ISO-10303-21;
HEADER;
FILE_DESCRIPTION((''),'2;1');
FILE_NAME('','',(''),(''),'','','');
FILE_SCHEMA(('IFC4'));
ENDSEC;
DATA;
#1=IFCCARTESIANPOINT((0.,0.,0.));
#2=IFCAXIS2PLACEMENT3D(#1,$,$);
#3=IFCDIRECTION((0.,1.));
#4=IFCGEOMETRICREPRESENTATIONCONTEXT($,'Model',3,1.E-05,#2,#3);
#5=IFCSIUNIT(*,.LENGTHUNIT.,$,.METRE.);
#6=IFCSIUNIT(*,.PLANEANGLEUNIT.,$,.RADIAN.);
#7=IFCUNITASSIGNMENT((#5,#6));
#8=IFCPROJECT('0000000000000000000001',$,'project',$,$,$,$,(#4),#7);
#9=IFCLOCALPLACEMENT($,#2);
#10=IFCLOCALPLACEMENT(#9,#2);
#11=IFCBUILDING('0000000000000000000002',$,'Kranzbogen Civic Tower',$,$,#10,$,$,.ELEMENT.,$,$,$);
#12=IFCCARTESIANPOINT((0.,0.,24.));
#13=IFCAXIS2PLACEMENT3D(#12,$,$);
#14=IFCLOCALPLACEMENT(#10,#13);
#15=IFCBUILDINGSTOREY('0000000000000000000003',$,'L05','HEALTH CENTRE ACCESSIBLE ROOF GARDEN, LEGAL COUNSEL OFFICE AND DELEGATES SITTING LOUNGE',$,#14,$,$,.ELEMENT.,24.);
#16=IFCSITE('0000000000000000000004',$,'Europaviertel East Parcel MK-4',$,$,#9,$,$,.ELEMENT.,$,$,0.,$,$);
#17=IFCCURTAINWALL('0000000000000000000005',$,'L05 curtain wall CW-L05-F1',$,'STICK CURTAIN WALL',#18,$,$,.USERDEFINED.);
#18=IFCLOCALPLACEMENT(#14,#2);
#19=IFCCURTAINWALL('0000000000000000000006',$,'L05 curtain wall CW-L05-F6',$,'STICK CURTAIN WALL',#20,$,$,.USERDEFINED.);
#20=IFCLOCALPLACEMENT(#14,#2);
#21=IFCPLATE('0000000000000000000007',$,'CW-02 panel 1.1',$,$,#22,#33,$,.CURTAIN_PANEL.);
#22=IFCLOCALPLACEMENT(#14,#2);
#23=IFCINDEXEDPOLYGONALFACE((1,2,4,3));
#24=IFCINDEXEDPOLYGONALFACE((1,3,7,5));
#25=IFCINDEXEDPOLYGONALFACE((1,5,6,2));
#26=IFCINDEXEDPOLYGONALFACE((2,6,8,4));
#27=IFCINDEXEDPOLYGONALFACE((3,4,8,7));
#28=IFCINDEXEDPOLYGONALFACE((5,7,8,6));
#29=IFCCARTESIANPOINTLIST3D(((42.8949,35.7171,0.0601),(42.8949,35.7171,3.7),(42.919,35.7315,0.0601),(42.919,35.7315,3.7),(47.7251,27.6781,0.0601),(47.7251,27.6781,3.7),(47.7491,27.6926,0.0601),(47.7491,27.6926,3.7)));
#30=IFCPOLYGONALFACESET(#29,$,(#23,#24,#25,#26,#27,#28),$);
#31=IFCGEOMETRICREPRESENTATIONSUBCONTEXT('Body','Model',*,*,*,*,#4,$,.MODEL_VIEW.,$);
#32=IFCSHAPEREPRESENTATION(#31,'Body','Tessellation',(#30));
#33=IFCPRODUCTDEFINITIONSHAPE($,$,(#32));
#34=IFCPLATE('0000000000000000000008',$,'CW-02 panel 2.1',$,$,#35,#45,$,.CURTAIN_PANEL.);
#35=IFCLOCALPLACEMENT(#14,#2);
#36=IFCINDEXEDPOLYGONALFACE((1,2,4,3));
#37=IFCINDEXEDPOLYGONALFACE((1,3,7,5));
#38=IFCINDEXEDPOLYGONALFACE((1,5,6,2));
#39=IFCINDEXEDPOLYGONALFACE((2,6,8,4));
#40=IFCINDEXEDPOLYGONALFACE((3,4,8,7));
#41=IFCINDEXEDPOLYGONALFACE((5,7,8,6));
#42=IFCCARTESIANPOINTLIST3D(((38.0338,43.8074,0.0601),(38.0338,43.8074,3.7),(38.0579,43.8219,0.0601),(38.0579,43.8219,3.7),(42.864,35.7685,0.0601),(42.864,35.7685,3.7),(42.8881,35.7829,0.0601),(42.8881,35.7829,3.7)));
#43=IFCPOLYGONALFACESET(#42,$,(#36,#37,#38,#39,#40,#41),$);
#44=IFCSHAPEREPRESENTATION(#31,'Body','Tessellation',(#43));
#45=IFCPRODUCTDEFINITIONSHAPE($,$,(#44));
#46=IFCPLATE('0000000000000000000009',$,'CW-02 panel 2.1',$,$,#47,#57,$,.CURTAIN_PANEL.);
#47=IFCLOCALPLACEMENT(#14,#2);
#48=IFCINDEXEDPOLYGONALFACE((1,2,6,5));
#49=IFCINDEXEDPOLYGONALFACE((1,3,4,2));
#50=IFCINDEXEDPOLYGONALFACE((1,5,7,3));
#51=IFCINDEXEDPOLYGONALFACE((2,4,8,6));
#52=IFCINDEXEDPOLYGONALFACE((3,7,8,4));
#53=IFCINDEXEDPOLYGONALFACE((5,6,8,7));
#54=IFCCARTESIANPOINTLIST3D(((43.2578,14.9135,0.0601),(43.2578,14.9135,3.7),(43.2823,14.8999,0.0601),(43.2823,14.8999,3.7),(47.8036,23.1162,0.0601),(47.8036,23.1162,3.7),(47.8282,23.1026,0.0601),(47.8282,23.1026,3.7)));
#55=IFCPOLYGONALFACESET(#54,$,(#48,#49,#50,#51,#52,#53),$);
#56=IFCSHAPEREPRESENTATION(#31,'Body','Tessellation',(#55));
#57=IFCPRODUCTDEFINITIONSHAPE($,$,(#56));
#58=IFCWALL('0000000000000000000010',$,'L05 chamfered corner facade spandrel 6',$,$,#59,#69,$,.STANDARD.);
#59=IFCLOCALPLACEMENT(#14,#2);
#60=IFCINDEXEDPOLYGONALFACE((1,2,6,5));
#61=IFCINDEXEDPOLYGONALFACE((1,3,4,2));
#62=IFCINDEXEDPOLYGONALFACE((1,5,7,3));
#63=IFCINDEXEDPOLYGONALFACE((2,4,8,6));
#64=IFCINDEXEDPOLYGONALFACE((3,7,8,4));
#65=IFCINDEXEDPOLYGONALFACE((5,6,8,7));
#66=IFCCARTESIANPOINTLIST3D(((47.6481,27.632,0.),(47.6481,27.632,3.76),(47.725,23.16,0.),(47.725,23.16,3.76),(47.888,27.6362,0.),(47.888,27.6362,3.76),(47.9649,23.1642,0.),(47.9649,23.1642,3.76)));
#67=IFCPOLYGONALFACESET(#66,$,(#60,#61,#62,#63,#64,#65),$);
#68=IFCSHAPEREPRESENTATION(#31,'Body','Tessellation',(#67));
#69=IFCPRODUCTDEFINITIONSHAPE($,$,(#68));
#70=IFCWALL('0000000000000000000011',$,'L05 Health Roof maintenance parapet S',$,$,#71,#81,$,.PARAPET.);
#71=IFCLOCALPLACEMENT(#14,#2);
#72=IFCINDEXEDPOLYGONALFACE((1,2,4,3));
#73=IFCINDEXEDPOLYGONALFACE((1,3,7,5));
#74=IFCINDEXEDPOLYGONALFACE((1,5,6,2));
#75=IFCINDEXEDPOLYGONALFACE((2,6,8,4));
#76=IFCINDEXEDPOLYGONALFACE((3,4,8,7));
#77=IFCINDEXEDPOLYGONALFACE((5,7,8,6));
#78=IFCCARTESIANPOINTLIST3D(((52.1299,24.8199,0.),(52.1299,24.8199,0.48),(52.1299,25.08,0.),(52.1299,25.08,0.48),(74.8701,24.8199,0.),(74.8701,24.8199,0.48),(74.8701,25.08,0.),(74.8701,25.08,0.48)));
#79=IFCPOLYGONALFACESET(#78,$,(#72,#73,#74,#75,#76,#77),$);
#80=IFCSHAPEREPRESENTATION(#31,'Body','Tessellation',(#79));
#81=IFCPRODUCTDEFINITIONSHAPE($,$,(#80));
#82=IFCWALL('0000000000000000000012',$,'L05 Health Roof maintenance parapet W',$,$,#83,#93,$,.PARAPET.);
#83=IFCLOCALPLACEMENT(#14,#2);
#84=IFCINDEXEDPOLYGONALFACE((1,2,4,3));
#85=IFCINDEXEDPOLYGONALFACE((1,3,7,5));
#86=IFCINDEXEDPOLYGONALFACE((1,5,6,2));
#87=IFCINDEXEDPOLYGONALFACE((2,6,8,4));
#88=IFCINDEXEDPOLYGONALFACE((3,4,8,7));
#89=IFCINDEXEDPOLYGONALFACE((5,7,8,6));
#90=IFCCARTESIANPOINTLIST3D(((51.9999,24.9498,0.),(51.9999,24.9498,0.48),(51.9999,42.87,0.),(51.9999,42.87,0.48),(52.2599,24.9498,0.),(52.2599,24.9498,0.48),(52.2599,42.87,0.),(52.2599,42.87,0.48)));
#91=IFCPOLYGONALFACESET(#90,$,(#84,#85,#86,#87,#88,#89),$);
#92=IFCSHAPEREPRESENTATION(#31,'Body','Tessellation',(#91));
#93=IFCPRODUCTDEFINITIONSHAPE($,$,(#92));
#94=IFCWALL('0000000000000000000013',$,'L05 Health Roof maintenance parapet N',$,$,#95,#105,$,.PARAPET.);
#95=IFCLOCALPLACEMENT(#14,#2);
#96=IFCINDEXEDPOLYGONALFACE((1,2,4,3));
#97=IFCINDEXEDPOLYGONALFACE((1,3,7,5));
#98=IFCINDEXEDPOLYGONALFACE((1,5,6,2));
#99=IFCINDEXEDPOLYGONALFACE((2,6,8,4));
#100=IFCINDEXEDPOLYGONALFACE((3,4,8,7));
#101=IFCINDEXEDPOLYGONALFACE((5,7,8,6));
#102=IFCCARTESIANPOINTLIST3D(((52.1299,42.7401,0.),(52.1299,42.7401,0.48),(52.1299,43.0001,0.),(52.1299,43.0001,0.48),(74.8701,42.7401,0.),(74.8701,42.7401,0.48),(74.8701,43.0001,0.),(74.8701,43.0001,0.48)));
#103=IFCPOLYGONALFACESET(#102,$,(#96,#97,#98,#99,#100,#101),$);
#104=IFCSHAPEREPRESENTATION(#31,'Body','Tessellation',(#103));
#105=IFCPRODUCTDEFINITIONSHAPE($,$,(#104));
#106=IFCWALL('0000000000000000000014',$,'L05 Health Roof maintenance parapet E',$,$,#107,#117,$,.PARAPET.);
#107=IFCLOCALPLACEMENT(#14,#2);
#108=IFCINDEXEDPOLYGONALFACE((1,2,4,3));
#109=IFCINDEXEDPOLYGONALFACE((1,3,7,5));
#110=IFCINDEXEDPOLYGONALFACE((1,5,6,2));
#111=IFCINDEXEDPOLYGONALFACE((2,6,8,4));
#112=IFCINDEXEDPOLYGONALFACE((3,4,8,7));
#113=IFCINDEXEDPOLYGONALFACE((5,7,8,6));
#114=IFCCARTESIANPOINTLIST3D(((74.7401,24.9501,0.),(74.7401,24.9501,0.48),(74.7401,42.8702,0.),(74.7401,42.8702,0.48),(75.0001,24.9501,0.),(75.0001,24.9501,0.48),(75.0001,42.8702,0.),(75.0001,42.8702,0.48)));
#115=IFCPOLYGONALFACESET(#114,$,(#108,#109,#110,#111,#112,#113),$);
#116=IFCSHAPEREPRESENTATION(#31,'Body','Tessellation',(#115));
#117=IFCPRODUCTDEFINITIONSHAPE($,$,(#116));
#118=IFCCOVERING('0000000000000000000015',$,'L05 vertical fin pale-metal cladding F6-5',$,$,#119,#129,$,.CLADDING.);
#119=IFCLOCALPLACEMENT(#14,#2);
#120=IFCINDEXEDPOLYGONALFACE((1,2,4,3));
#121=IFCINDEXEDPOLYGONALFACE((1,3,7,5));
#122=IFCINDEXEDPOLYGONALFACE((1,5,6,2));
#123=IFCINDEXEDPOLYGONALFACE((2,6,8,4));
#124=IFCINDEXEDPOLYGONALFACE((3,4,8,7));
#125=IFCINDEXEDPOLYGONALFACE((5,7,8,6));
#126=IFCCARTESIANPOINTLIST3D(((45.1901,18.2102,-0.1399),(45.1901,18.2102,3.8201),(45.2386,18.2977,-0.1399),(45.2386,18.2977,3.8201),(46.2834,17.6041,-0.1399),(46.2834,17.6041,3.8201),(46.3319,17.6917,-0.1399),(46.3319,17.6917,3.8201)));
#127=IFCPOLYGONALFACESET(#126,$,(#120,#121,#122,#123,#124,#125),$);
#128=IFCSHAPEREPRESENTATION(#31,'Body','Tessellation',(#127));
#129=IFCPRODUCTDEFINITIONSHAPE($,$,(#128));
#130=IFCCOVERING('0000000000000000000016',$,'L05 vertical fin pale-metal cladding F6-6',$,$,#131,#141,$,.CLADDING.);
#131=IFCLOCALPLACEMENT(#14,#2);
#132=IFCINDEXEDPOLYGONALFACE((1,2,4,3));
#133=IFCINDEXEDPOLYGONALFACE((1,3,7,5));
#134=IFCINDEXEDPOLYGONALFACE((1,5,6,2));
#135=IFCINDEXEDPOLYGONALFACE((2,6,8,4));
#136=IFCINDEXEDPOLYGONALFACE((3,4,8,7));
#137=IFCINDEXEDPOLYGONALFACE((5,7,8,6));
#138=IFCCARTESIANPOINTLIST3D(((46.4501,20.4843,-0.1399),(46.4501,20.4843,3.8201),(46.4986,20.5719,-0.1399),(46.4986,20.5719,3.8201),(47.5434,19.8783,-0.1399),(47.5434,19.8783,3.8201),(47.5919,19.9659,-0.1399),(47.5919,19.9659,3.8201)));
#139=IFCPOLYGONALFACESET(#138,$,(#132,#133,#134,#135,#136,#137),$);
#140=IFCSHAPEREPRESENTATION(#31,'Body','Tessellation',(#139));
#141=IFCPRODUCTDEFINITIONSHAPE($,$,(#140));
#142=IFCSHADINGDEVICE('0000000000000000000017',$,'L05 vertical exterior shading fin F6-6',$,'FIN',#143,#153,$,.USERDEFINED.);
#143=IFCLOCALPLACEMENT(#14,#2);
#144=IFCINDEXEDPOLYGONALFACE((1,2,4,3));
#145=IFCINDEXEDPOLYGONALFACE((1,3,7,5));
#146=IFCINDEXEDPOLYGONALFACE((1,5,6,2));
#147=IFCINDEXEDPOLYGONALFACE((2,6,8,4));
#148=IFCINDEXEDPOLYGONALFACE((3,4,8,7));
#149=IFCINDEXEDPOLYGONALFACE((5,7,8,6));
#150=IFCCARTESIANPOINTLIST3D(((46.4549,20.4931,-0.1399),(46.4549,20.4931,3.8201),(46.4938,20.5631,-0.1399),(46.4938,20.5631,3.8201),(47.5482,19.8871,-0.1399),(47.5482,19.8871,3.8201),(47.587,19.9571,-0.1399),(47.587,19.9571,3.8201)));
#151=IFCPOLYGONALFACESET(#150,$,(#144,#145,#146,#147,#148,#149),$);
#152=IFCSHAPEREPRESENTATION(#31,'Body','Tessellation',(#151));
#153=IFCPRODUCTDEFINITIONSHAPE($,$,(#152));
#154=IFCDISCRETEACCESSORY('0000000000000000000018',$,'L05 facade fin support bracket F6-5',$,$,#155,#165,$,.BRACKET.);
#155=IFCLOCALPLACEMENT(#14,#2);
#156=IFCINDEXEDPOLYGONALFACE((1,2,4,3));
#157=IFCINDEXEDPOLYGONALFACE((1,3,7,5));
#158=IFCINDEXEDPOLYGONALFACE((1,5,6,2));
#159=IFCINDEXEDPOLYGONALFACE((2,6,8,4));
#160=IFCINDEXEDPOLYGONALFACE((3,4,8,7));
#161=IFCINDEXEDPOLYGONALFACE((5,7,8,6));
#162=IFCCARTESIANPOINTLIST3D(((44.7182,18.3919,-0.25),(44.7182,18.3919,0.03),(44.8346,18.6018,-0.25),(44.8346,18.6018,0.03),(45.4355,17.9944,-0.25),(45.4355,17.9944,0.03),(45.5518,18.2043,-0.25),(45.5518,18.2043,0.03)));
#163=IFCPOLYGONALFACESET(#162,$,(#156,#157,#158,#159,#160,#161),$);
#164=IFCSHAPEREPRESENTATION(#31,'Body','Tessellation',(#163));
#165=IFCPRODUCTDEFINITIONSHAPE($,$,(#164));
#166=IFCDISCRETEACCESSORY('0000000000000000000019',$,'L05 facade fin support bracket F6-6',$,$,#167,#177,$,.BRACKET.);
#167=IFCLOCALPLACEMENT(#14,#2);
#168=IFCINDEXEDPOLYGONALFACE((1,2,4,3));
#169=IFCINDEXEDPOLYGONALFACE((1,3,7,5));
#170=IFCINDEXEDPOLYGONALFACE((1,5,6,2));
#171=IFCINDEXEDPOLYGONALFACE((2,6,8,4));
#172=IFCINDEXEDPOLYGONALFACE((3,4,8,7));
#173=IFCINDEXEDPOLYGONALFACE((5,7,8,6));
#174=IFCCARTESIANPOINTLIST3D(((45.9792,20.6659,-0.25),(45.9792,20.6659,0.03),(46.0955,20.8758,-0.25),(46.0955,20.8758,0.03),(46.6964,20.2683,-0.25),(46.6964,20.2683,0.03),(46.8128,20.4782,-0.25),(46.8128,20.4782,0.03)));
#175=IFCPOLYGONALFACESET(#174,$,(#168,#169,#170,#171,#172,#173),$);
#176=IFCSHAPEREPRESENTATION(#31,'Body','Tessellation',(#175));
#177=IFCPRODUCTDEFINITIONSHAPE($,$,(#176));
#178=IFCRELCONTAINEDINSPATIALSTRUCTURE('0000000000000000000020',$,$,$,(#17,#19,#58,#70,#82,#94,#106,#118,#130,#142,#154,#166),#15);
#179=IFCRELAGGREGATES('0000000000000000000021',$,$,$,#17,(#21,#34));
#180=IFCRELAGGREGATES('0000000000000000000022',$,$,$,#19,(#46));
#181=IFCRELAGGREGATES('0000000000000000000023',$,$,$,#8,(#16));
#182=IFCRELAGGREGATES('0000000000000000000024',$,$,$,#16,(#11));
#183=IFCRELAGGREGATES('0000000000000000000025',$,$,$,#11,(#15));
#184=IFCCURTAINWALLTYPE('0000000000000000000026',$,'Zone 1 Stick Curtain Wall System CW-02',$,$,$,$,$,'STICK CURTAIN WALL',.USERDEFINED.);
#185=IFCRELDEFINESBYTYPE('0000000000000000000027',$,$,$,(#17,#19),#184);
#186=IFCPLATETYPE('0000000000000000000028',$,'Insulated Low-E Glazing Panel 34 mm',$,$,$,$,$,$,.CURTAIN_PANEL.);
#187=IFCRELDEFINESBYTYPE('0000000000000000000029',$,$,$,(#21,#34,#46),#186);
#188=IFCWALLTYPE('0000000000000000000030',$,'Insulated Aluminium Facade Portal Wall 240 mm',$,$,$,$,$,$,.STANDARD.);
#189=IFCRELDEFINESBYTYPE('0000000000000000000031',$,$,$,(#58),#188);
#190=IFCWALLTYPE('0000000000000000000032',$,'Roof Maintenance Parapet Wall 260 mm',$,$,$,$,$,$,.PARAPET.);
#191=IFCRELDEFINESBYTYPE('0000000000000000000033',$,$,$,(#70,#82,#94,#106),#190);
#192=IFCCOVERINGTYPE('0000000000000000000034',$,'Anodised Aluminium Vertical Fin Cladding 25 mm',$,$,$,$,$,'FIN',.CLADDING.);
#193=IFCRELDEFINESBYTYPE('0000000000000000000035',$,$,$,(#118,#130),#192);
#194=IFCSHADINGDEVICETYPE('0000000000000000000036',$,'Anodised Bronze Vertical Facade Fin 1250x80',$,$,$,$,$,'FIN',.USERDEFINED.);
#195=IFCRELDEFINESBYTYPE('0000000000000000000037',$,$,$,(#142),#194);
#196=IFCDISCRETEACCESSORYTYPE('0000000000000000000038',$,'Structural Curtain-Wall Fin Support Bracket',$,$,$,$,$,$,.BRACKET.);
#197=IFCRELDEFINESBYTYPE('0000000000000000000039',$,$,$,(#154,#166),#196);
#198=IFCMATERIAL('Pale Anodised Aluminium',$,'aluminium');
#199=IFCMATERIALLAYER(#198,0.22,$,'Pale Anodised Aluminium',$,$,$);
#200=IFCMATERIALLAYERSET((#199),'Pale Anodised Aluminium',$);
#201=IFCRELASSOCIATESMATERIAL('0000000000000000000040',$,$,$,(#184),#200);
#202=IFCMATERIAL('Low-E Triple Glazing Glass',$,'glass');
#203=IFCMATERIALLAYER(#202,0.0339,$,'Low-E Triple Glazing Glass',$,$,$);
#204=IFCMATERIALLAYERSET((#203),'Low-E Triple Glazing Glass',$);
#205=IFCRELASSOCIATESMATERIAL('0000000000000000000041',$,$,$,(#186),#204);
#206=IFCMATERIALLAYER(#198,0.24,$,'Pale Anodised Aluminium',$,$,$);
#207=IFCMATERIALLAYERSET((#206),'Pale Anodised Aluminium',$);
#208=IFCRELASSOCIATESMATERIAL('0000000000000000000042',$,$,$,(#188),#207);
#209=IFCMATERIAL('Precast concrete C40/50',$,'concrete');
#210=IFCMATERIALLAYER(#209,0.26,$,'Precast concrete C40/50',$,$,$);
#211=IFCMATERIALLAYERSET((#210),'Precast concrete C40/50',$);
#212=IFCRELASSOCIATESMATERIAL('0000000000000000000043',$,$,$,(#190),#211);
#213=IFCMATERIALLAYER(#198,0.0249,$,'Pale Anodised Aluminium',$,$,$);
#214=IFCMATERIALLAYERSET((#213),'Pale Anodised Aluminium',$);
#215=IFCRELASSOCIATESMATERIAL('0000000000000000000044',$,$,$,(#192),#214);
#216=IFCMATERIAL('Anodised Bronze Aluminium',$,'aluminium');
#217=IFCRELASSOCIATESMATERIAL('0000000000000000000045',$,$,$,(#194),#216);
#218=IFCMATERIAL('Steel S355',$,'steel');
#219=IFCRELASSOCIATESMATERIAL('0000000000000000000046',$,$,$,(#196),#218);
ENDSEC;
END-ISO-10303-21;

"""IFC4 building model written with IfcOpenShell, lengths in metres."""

from ifc_helpers import new_model, si_unit, direction, frame, frame_2d, origin, origin_2d, place, context, subcontext, project, spatial, rectangle, extrude, material, layer, layer_set, type_object, element, aggregate, save


model = new_model("IFC4")

# Units and contexts
model_context = context("Model", 3, precision=1e-05, world=origin(), true_north=direction((0.0, 1.0)))
body_context = subcontext(model_context, "Body", "Model", "MODEL_VIEW")
ifc_project = project(units=[si_unit("LENGTHUNIT", "METRE"), si_unit("PLANEANGLEUNIT", "RADIAN")], contexts=[model_context])

# Site, building, storey
site_placement = place(None, origin())
site = spatial("IfcSite", under=ifc_project, at=site_placement, Name="Europaviertel East Parcel MK-4", CompositionType="ELEMENT", RefElevation=0.0)
building_placement = place(site_placement, origin())
building = spatial("IfcBuilding", under=site, at=building_placement, Name="Kranzbogen Civic Tower", CompositionType="ELEMENT")
storey_placement = place(building_placement, frame((0.0, 0.0, 24.0)))
storey = spatial("IfcBuildingStorey", under=building, at=storey_placement, Name="L05", Description="HEALTH CENTRE ACCESSIBLE ROOF GARDEN, LEGAL COUNSEL OFFICE AND DELEGATES SITTING LOUNGE", CompositionType="ELEMENT", Elevation=24.0)

# Shared definitions
ifc_material_1 = material(Name="Steel S355", Category="steel")

# Curtain wall
ifc_material_2 = material(Name="Pale Anodised Aluminium", Category="aluminium")
ifc_layer_1 = layer(ifc_material_2, 0.22, Name="Pale Anodised Aluminium")
ifc_layer_set_1 = layer_set([ifc_layer_1], Name="Pale Anodised Aluminium")
curtain_wall_type = type_object("IfcCurtainWallType", Name="Zone 1 Stick Curtain Wall System CW-02", ElementType="STICK CURTAIN WALL", PredefinedType="USERDEFINED", material=ifc_layer_set_1)
curtain_wall_1_placement = place(storey_placement, origin())
curtain_wall_1 = element("IfcCurtainWall", 1, at=curtain_wall_1_placement, inside=storey, type_object=curtain_wall_type, Name="L05 curtain wall CW-L05-F1", ObjectType="STICK CURTAIN WALL", PredefinedType="USERDEFINED")

# Curtain wall
curtain_wall_2_placement = place(storey_placement, origin())
curtain_wall_2 = element("IfcCurtainWall", 2, at=curtain_wall_2_placement, inside=storey, type_object=curtain_wall_type, Name="L05 curtain wall CW-L05-F6", ObjectType="STICK CURTAIN WALL", PredefinedType="USERDEFINED")

# Plates
ifc_material_3 = material(Name="Low-E Triple Glazing Glass", Category="glass")
ifc_layer_2 = layer(ifc_material_3, 0.0339, Name="Low-E Triple Glazing Glass")
ifc_layer_set_2 = layer_set([ifc_layer_2], Name="Low-E Triple Glazing Glass")
plate_type = type_object("IfcPlateType", Name="Insulated Low-E Glazing Panel 34 mm", PredefinedType="CURTAIN_PANEL", material=ifc_layer_set_2)
plate_1_placement = place(storey_placement, frame((45.322, 31.7048, 0.0601), z_axis=(0.0, 0.0, 1.0), x_axis=(-0.515031, 0.857171, 0.0)))
plate_1 = element("IfcPlate", 3, at=plate_1_placement, type_object=plate_type, Name="CW-02 panel 1.1", PredefinedType="CURTAIN_PANEL", context=body_context, shape_type="SweptSolid", body=[
    extrude(rectangle(XDim=9.3784, YDim=0.0281, at=origin_2d()), origin(), (0.0, 0.0, 1.0), 3.6399),
])
plate_2_placement = place(storey_placement, frame((40.4609, 39.7952, 0.0601), z_axis=(0.0, 0.0, 1.0), x_axis=(-0.515031, 0.857171, 0.0)))
plate_2 = element("IfcPlate", 4, at=plate_2_placement, type_object=plate_type, Name="CW-02 panel 2.1", PredefinedType="CURTAIN_PANEL", context=body_context, shape_type="SweptSolid", body=[
    extrude(rectangle(XDim=9.3784, YDim=0.0281, at=origin_2d()), origin(), (0.0, 0.0, 1.0), 3.6399),
])
aggregate(curtain_wall_1, [plate_1, plate_2])
plate_3_placement = place(storey_placement, frame((45.543, 19.0081, 0.0601), z_axis=(0.0, 0.0, 1.0), x_axis=(0.484728, 0.874665, 0.0)))
plate_3 = element("IfcPlate", 5, at=plate_3_placement, type_object=plate_type, Name="CW-02 panel 2.1", PredefinedType="CURTAIN_PANEL", context=body_context, shape_type="SweptSolid", body=[
    extrude(rectangle(XDim=9.3782, YDim=0.0281, at=origin_2d()), origin(), (0.0, 0.0, 1.0), 3.6399),
])
aggregate(curtain_wall_2, [plate_3])

# Walls
ifc_layer_3 = layer(ifc_material_2, 0.24, Name="Pale Anodised Aluminium")
ifc_layer_set_3 = layer_set([ifc_layer_3], Name="Pale Anodised Aluminium")
wall_type_1 = type_object("IfcWallType", Name="Insulated Aluminium Facade Portal Wall 240 mm", PredefinedType="STANDARD", material=ifc_layer_set_3)
wall_1_placement = place(storey_placement, frame((47.845, 23.1621, 0.0), z_axis=(0.0, 0.0, 1.0), x_axis=(-0.017195, 0.999852, 0.0)))
element("IfcWall", 6, at=wall_1_placement, inside=storey, type_object=wall_type_1, Name="L05 chamfered corner facade spandrel 6", PredefinedType="STANDARD", context=body_context, shape_type="SweptSolid", body=[
    extrude(rectangle(XDim=4.4727, YDim=0.24, at=frame_2d((2.2363, 0.0))), origin(), (0.0, 0.0, 1.0), 3.76),
])
ifc_material_4 = material(Name="Precast concrete C40/50", Category="concrete")
ifc_layer_4 = layer(ifc_material_4, 0.26, Name="Precast concrete C40/50")
ifc_layer_set_4 = layer_set([ifc_layer_4], Name="Precast concrete C40/50")
wall_type_2 = type_object("IfcWallType", Name="Roof Maintenance Parapet Wall 260 mm", PredefinedType="PARAPET", material=ifc_layer_set_4)
wall_2_placement = place(storey_placement, frame((52.1299, 24.95, 0.0), z_axis=(0.0, 0.0, 1.0), x_axis=(1.0, 0.0, 0.0)))
element("IfcWall", 7, at=wall_2_placement, inside=storey, type_object=wall_type_2, Name="L05 Health Roof maintenance parapet S", PredefinedType="PARAPET", context=body_context, shape_type="SweptSolid", body=[
    extrude(rectangle(XDim=22.7402, YDim=0.26, at=frame_2d((11.3701, 0.0))), origin(), (0.0, 0.0, 1.0), 0.48),
])
wall_3_placement = place(storey_placement, frame((52.1299, 24.95, 0.0), z_axis=(0.0, 0.0, 1.0), x_axis=(0.0, 1.0, 0.0)))
element("IfcWall", 8, at=wall_3_placement, inside=storey, type_object=wall_type_2, Name="L05 Health Roof maintenance parapet W", PredefinedType="PARAPET", context=body_context, shape_type="SweptSolid", body=[
    extrude(rectangle(XDim=17.9202, YDim=0.26, at=frame_2d((8.96, 0.0))), origin(), (0.0, 0.0, 1.0), 0.48),
])
wall_4_placement = place(storey_placement, frame((52.1299, 42.8701, 0.0), z_axis=(0.0, 0.0, 1.0), x_axis=(1.0, 0.0, 0.0)))
element("IfcWall", 9, at=wall_4_placement, inside=storey, type_object=wall_type_2, Name="L05 Health Roof maintenance parapet N", PredefinedType="PARAPET", context=body_context, shape_type="SweptSolid", body=[
    extrude(rectangle(XDim=22.7402, YDim=0.26, at=frame_2d((11.3701, 0.0))), origin(), (0.0, 0.0, 1.0), 0.48),
])
wall_5_placement = place(storey_placement, frame((74.8701, 42.8701, 0.0), z_axis=(0.0, 0.0, 1.0), x_axis=(0.0, -1.0, 0.0)))
element("IfcWall", 10, at=wall_5_placement, inside=storey, type_object=wall_type_2, Name="L05 Health Roof maintenance parapet E", PredefinedType="PARAPET", context=body_context, shape_type="SweptSolid", body=[
    extrude(rectangle(XDim=17.9202, YDim=0.26, at=frame_2d((8.96, 0.0))), origin(), (0.0, 0.0, 1.0), 0.48),
])

# Coverings
ifc_layer_5 = layer(ifc_material_2, 0.0249, Name="Pale Anodised Aluminium")
ifc_layer_set_5 = layer_set([ifc_layer_5], Name="Pale Anodised Aluminium")
covering_type = type_object("IfcCoveringType", Name="Anodised Aluminium Vertical Fin Cladding 25 mm", ElementType="FIN", PredefinedType="CLADDING", material=ifc_layer_set_5)
for number, where, z_axis, x_axis, name in (
    (11, (45.761, 17.9509, -0.1399), (0.0, 0.0, 1.0), (0.87462, -0.48481, 0.0), "L05 vertical fin pale-metal cladding F6-5"),
    (12, (47.021, 20.2251, -0.1399), (0.0, 0.0, 1.0), (0.87462, -0.48481, 0.0), "L05 vertical fin pale-metal cladding F6-6"),
):
    element("IfcCovering", number, at=place(storey_placement, frame(where, z_axis=z_axis, x_axis=x_axis)), inside=storey, type_object=covering_type, Name=name, PredefinedType="CLADDING", context=body_context, shape_type="SweptSolid", body=[
        extrude(rectangle(XDim=1.25, YDim=0.1001, at=origin_2d()), origin(), (0.0, 0.0, 1.0), 3.96),
    ])

# Shading device
ifc_material_5 = material(Name="Anodised Bronze Aluminium", Category="aluminium")
shading_device_type = type_object("IfcShadingDeviceType", Name="Anodised Bronze Vertical Facade Fin 1250x80", ElementType="FIN", PredefinedType="USERDEFINED", material=ifc_material_5)
shading_device_placement = place(storey_placement, frame((47.021, 20.2251, -0.1399), z_axis=(0.0, 0.0, 1.0), x_axis=(0.87462, -0.48481, 0.0)))
element("IfcShadingDevice", 13, at=shading_device_placement, inside=storey, type_object=shading_device_type, Name="L05 vertical exterior shading fin F6-6", ObjectType="FIN", PredefinedType="USERDEFINED", context=body_context, shape_type="SweptSolid", body=[
    extrude(rectangle(XDim=1.25, YDim=0.0801, at=origin_2d()), origin(), (0.0, 0.0, 1.0), 3.96),
])

# Discrete accessories
discrete_accessory_type = type_object("IfcDiscreteAccessoryType", Name="Structural Curtain-Wall Fin Support Bracket", PredefinedType="BRACKET", material=ifc_material_1)
for number, where, z_axis, x_axis, name in (
    (14, (45.135, 18.2981, -0.25), (0.0, 0.0, 1.0), (0.87462, -0.48481, 0.0), "L05 facade fin support bracket F6-5"),
    (15, (46.396, 20.572, -0.25), (0.0, 0.0, 1.0), (0.87462, -0.48481, 0.0), "L05 facade fin support bracket F6-6"),
):
    element("IfcDiscreteAccessory", number, at=place(storey_placement, frame(where, z_axis=z_axis, x_axis=x_axis)), inside=storey, type_object=discrete_accessory_type, Name=name, PredefinedType="BRACKET", context=body_context, shape_type="SweptSolid", body=[
        extrude(rectangle(XDim=0.8201, YDim=0.24, at=origin_2d()), origin(), (0.0, 0.0, 1.0), 0.28),
    ])

save(model, "model.ifc")
